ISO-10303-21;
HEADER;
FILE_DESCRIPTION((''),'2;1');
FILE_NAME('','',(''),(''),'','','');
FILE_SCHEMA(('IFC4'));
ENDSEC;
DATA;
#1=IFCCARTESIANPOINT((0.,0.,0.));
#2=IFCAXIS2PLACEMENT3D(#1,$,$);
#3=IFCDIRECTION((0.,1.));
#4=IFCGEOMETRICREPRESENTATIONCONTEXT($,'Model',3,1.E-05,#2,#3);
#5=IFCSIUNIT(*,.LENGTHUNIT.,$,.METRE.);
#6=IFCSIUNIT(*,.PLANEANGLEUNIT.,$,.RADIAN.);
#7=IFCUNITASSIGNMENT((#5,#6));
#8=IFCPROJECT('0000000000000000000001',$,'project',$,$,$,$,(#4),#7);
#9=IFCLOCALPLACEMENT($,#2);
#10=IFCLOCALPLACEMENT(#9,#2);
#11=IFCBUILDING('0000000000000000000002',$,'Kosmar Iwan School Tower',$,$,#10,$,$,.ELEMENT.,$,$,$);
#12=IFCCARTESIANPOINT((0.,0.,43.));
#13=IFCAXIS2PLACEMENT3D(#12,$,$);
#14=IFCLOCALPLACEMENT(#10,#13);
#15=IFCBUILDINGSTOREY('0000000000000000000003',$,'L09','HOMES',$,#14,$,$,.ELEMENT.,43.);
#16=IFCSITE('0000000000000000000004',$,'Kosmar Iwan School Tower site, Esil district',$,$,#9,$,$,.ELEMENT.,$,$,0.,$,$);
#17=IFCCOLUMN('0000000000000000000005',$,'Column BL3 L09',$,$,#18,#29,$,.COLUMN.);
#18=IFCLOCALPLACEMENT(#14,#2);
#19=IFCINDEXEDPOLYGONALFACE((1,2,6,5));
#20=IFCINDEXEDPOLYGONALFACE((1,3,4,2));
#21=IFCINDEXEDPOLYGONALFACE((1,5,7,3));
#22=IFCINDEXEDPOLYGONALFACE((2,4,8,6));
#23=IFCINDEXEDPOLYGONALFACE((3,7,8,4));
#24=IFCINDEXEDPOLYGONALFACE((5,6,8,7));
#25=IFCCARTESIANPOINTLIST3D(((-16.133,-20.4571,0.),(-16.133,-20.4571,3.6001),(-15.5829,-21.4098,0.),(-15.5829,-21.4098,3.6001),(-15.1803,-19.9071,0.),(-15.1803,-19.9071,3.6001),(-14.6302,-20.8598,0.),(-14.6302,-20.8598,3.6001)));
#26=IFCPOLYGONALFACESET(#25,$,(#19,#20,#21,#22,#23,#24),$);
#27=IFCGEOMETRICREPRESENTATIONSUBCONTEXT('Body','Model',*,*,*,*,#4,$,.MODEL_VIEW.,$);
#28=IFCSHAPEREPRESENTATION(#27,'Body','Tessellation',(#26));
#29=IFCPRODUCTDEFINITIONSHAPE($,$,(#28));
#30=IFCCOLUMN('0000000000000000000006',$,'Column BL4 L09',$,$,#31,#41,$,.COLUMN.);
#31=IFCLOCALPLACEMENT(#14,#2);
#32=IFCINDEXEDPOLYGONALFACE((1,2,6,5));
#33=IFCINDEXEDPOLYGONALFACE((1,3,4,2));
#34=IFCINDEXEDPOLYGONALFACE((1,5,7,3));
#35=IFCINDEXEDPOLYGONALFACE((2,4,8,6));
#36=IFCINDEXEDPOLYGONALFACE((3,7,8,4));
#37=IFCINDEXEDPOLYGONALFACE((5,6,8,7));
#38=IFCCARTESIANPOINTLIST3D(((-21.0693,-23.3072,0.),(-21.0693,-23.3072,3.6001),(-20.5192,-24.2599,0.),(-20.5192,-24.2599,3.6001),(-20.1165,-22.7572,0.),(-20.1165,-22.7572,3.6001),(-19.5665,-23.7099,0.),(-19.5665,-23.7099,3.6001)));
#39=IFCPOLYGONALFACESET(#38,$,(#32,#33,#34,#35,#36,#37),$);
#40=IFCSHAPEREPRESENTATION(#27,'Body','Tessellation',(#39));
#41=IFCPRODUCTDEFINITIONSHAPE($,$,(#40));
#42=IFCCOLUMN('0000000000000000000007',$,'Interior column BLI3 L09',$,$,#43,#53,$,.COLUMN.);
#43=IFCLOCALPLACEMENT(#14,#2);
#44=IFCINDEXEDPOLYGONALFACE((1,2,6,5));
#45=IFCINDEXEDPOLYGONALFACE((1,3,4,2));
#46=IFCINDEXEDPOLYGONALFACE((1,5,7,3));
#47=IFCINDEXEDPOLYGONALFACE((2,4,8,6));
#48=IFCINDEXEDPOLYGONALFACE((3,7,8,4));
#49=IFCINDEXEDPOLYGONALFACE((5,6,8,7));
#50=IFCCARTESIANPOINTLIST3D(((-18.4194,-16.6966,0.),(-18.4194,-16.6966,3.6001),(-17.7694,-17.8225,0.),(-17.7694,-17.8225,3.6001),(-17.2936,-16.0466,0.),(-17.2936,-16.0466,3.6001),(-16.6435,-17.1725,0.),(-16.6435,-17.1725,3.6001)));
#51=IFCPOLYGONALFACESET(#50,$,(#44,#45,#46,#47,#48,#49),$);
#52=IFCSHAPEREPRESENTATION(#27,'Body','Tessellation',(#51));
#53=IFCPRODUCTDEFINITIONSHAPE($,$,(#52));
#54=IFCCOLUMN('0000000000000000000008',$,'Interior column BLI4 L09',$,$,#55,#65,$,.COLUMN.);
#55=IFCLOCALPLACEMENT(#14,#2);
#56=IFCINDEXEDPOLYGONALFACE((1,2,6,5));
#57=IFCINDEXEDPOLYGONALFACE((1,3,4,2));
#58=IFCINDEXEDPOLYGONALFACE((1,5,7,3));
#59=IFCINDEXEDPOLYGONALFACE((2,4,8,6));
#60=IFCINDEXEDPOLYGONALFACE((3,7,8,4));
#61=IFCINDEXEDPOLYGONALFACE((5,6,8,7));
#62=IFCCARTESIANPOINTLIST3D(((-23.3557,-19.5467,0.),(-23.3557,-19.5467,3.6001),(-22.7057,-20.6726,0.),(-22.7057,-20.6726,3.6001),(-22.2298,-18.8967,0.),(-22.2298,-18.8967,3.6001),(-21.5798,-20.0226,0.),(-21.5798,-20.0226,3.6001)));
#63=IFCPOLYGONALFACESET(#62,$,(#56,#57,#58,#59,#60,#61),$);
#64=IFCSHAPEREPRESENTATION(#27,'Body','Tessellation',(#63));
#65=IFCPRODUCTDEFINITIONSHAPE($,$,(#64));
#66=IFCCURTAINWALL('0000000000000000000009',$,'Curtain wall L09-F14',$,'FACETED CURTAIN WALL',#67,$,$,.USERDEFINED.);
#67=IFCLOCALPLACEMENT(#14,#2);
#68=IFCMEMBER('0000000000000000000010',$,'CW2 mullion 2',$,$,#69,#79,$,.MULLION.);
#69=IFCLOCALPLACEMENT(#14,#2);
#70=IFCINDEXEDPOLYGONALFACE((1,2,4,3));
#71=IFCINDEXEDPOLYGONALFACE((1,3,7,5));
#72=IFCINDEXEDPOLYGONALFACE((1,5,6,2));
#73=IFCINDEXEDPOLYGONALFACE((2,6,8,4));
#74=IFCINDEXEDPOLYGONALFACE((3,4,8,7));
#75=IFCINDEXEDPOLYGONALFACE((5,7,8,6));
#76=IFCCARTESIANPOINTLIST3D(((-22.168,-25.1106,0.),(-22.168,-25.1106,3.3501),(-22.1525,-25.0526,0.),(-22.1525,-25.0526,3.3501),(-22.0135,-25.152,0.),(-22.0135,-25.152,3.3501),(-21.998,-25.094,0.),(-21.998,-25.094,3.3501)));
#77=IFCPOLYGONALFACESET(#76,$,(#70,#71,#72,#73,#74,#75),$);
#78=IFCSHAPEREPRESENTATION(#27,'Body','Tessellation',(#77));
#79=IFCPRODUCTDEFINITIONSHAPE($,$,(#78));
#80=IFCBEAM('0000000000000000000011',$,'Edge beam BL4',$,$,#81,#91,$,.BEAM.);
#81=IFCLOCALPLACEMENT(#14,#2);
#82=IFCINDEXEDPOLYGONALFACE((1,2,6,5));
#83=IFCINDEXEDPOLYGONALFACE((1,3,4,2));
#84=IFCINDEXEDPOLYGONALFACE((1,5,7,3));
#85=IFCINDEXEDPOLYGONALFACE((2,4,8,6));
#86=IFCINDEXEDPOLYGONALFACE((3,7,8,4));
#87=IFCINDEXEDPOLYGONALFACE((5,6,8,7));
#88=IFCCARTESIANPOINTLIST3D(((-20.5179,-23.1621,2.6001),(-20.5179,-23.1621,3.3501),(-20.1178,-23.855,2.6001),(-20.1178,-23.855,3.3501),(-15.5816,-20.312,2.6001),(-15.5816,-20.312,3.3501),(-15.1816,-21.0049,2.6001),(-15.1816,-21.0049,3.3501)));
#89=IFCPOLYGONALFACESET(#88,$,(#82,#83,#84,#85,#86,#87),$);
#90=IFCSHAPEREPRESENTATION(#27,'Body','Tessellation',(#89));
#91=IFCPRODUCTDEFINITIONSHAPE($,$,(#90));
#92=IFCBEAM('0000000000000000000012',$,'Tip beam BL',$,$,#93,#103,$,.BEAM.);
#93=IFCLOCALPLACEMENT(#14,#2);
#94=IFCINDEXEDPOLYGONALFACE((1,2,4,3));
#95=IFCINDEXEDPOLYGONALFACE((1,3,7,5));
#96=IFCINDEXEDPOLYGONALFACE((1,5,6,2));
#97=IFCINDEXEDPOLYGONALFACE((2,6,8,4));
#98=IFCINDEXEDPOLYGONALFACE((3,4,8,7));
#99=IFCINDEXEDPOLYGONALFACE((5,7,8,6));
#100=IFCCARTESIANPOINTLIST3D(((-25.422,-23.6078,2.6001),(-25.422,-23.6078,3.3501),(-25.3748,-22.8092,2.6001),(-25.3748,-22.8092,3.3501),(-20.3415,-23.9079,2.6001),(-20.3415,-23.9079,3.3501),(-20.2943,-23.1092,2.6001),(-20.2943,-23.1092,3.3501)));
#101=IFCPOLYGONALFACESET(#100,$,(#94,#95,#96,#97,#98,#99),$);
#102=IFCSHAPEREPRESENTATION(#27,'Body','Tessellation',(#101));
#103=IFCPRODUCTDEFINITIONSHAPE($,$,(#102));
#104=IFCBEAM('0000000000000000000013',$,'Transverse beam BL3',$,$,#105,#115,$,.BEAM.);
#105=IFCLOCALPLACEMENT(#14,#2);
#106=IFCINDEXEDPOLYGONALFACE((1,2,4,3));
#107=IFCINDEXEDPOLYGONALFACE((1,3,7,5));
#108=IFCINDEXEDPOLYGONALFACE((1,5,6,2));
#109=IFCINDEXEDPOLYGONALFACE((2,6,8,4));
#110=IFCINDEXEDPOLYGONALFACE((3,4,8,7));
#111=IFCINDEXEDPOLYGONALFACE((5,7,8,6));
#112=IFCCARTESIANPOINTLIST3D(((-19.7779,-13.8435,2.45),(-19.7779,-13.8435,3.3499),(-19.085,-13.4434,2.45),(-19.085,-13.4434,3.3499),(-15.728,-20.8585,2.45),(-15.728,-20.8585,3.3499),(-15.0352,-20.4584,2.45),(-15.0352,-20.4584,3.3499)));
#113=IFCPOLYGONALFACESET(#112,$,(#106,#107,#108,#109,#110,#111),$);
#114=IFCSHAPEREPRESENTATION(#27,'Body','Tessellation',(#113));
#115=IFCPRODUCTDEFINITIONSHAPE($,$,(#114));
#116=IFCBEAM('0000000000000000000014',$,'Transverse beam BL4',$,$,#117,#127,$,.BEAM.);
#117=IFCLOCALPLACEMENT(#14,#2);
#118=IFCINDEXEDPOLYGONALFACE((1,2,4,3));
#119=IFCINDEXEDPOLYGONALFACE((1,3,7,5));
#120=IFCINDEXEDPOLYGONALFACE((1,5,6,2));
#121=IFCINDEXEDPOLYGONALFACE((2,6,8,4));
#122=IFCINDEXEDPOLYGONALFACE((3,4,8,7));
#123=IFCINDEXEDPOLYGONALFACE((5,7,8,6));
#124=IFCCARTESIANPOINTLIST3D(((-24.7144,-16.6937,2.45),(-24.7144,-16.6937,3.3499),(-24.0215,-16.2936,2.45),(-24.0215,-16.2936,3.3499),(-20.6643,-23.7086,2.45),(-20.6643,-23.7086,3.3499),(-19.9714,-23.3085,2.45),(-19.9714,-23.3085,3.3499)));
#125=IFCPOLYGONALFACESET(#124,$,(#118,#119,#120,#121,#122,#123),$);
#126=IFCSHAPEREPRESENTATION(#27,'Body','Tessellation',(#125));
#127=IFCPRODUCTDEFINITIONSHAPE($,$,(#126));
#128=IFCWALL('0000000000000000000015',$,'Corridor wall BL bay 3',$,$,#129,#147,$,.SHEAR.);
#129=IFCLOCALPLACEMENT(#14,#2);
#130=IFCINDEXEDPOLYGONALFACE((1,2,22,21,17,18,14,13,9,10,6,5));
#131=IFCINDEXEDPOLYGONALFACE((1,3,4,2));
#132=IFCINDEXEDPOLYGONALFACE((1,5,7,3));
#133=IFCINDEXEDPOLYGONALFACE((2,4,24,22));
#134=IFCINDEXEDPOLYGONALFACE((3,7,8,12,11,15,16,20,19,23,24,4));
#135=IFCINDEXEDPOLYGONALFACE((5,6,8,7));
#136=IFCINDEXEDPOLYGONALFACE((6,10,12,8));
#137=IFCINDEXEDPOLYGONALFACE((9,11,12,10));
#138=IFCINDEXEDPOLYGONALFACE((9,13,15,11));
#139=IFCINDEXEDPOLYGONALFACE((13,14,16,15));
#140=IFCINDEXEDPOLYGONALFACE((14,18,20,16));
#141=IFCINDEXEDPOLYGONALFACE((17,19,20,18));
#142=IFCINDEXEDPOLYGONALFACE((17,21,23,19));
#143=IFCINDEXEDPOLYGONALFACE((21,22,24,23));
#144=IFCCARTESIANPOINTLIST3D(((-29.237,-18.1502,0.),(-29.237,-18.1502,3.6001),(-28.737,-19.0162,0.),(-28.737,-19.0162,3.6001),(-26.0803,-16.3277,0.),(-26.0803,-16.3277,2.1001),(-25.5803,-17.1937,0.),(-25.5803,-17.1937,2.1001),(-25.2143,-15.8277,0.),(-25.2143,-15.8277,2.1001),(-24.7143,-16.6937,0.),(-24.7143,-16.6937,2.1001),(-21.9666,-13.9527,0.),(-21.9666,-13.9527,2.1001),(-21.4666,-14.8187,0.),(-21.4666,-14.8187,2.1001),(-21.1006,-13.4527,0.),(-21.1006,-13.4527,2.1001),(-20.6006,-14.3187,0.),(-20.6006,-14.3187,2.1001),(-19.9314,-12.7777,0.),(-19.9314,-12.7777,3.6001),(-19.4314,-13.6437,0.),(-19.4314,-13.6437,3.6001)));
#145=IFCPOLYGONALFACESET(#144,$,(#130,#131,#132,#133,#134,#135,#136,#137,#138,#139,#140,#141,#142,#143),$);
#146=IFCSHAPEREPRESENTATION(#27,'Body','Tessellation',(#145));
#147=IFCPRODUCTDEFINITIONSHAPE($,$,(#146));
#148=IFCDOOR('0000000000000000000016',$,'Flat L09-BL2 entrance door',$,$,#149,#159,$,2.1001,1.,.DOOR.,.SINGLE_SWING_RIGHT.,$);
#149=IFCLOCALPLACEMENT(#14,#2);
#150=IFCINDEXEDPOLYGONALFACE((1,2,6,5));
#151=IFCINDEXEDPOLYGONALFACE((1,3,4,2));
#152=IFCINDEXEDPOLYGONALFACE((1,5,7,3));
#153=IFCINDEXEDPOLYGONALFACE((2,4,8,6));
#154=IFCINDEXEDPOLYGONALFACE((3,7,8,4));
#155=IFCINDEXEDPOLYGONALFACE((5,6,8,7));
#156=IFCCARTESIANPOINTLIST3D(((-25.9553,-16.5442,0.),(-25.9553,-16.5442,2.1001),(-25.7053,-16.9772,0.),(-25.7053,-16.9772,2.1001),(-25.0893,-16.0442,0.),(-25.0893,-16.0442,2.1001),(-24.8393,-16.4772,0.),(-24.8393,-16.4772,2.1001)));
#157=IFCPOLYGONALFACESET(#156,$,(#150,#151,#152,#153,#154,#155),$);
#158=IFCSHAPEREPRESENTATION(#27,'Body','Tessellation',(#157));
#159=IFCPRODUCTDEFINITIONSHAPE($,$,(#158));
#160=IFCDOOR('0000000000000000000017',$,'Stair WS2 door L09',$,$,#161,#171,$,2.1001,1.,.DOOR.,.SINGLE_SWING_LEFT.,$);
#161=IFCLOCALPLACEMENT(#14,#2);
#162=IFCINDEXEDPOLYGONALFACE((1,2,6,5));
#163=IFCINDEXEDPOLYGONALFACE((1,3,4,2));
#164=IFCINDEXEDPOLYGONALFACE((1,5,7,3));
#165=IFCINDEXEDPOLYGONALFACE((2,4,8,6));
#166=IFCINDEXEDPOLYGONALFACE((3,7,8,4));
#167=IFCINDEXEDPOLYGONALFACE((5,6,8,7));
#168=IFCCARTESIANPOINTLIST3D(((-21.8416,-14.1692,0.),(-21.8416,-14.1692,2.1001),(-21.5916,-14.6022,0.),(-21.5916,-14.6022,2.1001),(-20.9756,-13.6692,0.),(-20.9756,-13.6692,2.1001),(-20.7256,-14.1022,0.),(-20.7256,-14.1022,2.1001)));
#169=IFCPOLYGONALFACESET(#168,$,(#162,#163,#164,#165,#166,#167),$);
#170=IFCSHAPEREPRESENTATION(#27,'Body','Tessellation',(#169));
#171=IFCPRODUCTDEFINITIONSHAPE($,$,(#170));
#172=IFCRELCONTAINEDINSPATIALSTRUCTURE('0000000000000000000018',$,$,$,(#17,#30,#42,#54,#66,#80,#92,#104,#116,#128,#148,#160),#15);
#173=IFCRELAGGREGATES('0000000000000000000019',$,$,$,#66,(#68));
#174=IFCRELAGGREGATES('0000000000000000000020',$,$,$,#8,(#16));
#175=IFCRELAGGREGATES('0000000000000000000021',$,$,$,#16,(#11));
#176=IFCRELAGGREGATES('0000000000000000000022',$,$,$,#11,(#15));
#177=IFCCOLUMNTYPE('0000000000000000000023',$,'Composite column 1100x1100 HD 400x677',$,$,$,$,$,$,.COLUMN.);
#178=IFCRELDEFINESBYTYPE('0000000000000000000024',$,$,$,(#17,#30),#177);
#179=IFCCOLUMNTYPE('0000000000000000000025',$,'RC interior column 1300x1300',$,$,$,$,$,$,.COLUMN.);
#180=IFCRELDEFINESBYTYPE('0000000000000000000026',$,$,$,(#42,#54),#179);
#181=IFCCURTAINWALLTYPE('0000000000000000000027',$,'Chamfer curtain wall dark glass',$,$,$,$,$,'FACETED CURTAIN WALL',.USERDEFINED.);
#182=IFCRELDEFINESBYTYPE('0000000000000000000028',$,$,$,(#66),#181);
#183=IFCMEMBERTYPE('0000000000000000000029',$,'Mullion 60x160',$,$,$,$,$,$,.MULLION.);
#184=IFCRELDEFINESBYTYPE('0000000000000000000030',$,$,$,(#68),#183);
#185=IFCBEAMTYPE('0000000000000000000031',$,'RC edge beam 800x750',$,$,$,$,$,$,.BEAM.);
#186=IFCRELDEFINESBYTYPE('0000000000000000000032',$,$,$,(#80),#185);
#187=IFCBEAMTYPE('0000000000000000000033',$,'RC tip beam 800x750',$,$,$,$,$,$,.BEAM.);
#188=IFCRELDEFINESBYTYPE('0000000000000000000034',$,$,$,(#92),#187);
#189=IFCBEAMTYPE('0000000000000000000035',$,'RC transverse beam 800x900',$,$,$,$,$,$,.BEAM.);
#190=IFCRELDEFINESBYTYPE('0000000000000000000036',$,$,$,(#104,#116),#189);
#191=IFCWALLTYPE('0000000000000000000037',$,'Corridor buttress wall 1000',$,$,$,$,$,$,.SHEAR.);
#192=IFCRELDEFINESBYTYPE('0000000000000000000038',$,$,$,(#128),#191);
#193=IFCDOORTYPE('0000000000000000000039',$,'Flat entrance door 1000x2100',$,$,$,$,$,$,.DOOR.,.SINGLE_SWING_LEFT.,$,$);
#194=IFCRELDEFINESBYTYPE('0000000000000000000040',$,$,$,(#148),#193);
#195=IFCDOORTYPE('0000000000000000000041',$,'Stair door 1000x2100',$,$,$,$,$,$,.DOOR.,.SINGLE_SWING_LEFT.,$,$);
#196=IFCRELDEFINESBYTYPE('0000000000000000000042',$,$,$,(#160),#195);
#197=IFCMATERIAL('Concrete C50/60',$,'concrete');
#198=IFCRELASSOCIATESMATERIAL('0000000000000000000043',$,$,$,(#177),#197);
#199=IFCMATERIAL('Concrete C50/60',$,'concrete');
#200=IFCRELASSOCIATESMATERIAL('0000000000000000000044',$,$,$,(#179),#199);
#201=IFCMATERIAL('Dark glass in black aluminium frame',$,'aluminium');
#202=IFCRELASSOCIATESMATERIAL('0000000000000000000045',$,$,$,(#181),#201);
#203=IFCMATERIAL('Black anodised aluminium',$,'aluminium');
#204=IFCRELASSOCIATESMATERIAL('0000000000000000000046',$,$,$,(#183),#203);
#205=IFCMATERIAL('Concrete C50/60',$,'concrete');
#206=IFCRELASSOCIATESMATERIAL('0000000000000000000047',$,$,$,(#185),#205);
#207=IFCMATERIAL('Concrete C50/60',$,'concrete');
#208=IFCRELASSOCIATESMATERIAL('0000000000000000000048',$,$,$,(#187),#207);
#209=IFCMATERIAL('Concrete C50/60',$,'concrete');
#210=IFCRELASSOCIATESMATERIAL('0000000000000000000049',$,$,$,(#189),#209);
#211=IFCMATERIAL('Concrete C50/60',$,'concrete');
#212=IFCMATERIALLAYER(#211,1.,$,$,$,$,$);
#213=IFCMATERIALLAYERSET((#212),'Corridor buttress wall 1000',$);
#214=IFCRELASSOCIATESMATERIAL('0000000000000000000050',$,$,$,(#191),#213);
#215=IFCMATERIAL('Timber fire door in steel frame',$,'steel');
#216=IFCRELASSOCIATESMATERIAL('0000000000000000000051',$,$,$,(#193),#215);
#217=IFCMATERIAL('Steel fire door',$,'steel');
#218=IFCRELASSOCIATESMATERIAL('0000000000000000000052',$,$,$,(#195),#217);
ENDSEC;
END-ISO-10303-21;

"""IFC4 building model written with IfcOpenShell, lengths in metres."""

from ifc_helpers import new_model, si_unit, direction, frame, frame_2d, origin, origin_2d, place, context, subcontext, project, spatial, rectangle, extrude, material, layer, layer_set, material_profile, profile_set, type_object, element, fill, aggregate, save


model = new_model("IFC4")

# Units and contexts
model_context = context("Model", 3, precision=1e-05, world=origin(), true_north=direction((0.0, 1.0)))
body_context = subcontext(model_context, "Body", "Model", "MODEL_VIEW")
ifc_project = project(units=[si_unit("LENGTHUNIT", "METRE"), si_unit("PLANEANGLEUNIT", "RADIAN")], contexts=[model_context])

# Site, building, storey
site_placement = place(None, origin())
site = spatial("IfcSite", under=ifc_project, at=site_placement, Name="Kosmar Iwan School Tower site, Esil district", CompositionType="ELEMENT", RefElevation=0.0)
building_placement = place(site_placement, origin())
building = spatial("IfcBuilding", under=site, at=building_placement, Name="Kosmar Iwan School Tower", CompositionType="ELEMENT")
storey_placement = place(building_placement, frame((0.0, 0.0, 43.0)))
storey = spatial("IfcBuildingStorey", under=building, at=storey_placement, Name="L09", Description="HOMES", CompositionType="ELEMENT", Elevation=43.0)

# Columns
ifc_material_1 = material(Name="Concrete C50/60", Category="concrete")
ifc_material_profile_1 = material_profile(ifc_material_1, rectangle(XDim=1.1001, YDim=1.1001, at=origin_2d()), Name="RC 1100x1100 + HD 400x677")
ifc_profile_set_1 = profile_set([ifc_material_profile_1], Name="Concrete C50/60")
column_type_1 = type_object("IfcColumnType", Name="Composite column 1100x1100 HD 400x677", PredefinedType="COLUMN", material=ifc_profile_set_1)
for number, where, z_axis, x_axis, name in (
    (1, (-15.3816, -20.6584, 0.0), (0.0, 0.0, 1.0), (-0.866025, -0.5, 0.0), "Column BL3 L09"),
    (2, (-20.3179, -23.5085, 0.0), (0.0, 0.0, 1.0), (-0.866025, -0.5, 0.0), "Column BL4 L09"),
):
    element("IfcColumn", number, at=place(storey_placement, frame(where, z_axis=z_axis, x_axis=x_axis)), inside=storey, type_object=column_type_1, Name=name, PredefinedType="COLUMN", context=body_context, shape_type="SweptSolid", body=[
        extrude(rectangle(XDim=1.1001, YDim=1.1001, at=origin_2d()), origin(), (0.0, 0.0, 1.0), 3.6001),
    ])
ifc_material_2 = material(Name="Concrete C50/60", Category="concrete")
ifc_material_profile_2 = material_profile(ifc_material_2, rectangle(XDim=1.3, YDim=1.3, at=origin_2d()), Name="RC 1300x1300")
ifc_profile_set_2 = profile_set([ifc_material_profile_2], Name="Concrete C50/60")
column_type_2 = type_object("IfcColumnType", Name="RC interior column 1300x1300", PredefinedType="COLUMN", material=ifc_profile_set_2)
for number, where, z_axis, x_axis, name in (
    (3, (-17.5315, -16.9346, 0.0), (0.0, 0.0, 1.0), (-0.866025, -0.5, 0.0), "Interior column BLI3 L09"),
    (4, (-22.4678, -19.7847, 0.0), (0.0, 0.0, 1.0), (-0.866025, -0.5, 0.0), "Interior column BLI4 L09"),
):
    element("IfcColumn", number, at=place(storey_placement, frame(where, z_axis=z_axis, x_axis=x_axis)), inside=storey, type_object=column_type_2, Name=name, PredefinedType="COLUMN", context=body_context, shape_type="SweptSolid", body=[
        extrude(rectangle(XDim=1.3, YDim=1.3, at=origin_2d()), origin(), (0.0, 0.0, 1.0), 3.6001),
    ])

# Curtain wall, member
ifc_material_3 = material(Name="Dark glass in black aluminium frame", Category="aluminium")
curtain_wall_type = type_object("IfcCurtainWallType", Name="Chamfer curtain wall dark glass", ElementType="FACETED CURTAIN WALL", PredefinedType="USERDEFINED", material=ifc_material_3)
curtain_wall_placement = place(storey_placement, origin())
curtain_wall = element("IfcCurtainWall", 5, at=curtain_wall_placement, inside=storey, type_object=curtain_wall_type, Name="Curtain wall L09-F14", ObjectType="FACETED CURTAIN WALL", PredefinedType="USERDEFINED")
ifc_material_4 = material(Name="Black anodised aluminium", Category="aluminium")
ifc_material_profile_3 = material_profile(ifc_material_4, rectangle(XDim=0.0601, YDim=0.1599, at=origin_2d()), Name="MULLION 60x160")
ifc_profile_set_3 = profile_set([ifc_material_profile_3], Name="Black anodised aluminium")
member_type = type_object("IfcMemberType", Name="Mullion 60x160", PredefinedType="MULLION", material=ifc_profile_set_3)
member_placement = place(storey_placement, frame((-22.083, -25.1023, 0.0), z_axis=(0.0, 0.0, 1.0), x_axis=(0.258819, 0.965926, 0.0)))
member = element("IfcMember", 6, at=member_placement, type_object=member_type, Name="CW2 mullion 2", PredefinedType="MULLION", context=body_context, shape_type="SweptSolid", body=[
    extrude(rectangle(XDim=0.0601, YDim=0.1599, at=origin_2d()), origin(), (0.0, 0.0, 1.0), 3.3501),
])
aggregate(curtain_wall, [member])

# Beams
ifc_material_5 = material(Name="Concrete C50/60", Category="concrete")
ifc_material_profile_4 = material_profile(ifc_material_5, rectangle(XDim=0.8, YDim=0.75, at=origin_2d()), Name="RC 800x750")
ifc_profile_set_4 = profile_set([ifc_material_profile_4], Name="Concrete C50/60")
beam_type_1 = type_object("IfcBeamType", Name="RC edge beam 800x750", PredefinedType="BEAM", material=ifc_profile_set_4)
beam_1_placement = place(storey_placement, frame((-15.3816, -20.6584, 2.9751), z_axis=(-0.866015, -0.500018, 0.0), x_axis=(0.500018, -0.866015, 0.0)))
element("IfcBeam", 7, at=beam_1_placement, inside=storey, type_object=beam_type_1, Name="Edge beam BL4", PredefinedType="BEAM", context=body_context, shape_type="SweptSolid", body=[
    extrude(rectangle(XDim=0.8, YDim=0.75, at=origin_2d()), origin(), (0.0, 0.0, 1.0), 5.7),
])
ifc_material_6 = material(Name="Concrete C50/60", Category="concrete")
ifc_material_profile_5 = material_profile(ifc_material_6, rectangle(XDim=0.8, YDim=0.75, at=origin_2d()), Name="RC 800x750")
ifc_profile_set_5 = profile_set([ifc_material_profile_5], Name="Concrete C50/60")
beam_type_2 = type_object("IfcBeamType", Name="RC tip beam 800x750", PredefinedType="BEAM", material=ifc_profile_set_5)
beam_2_placement = place(storey_placement, frame((-20.3179, -23.5085, 2.9751), z_axis=(-0.998261, 0.058955, 0.0), x_axis=(-0.058955, -0.998261, 0.0)))
element("IfcBeam", 8, at=beam_2_placement, inside=storey, type_object=beam_type_2, Name="Tip beam BL", PredefinedType="BEAM", context=body_context, shape_type="SweptSolid", body=[
    extrude(rectangle(XDim=0.8, YDim=0.75, at=origin_2d()), origin(), (0.0, 0.0, 1.0), 5.0894),
])
ifc_material_7 = material(Name="Concrete C50/60", Category="concrete")
ifc_material_profile_6 = material_profile(ifc_material_7, rectangle(XDim=0.8, YDim=0.8999, at=origin_2d()), Name="RC 800x900")
ifc_profile_set_6 = profile_set([ifc_material_profile_6], Name="Concrete C50/60")
beam_type_3 = type_object("IfcBeamType", Name="RC transverse beam 800x900", PredefinedType="BEAM", material=ifc_profile_set_6)
for number, where, z_axis, x_axis, name in (
    (9, (-15.3816, -20.6584, 2.8999), (-0.499977, 0.866039, 0.0), (-0.866039, -0.499977, 0.0), "Transverse beam BL3"),
    (10, (-20.3179, -23.5085, 2.8999), (-0.5, 0.866025, 0.0), (-0.866025, -0.5, 0.0), "Transverse beam BL4"),
):
    element("IfcBeam", number, at=place(storey_placement, frame(where, z_axis=z_axis, x_axis=x_axis)), inside=storey, type_object=beam_type_3, Name=name, PredefinedType="BEAM", context=body_context, shape_type="SweptSolid", body=[
        extrude(rectangle(XDim=0.8, YDim=0.8999, at=origin_2d()), origin(), (0.0, 0.0, 1.0), 8.1001),
    ])

# Wall, openings, doors
ifc_material_8 = material(Name="Concrete C50/60", Category="concrete")
ifc_layer_1 = layer(ifc_material_8, 1.0)
ifc_layer_set_1 = layer_set([ifc_layer_1], Name="Corridor buttress wall 1000")
wall_type_1 = type_object("IfcWallType", Name="Corridor buttress wall 1000", PredefinedType="SHEAR", material=ifc_layer_set_1)
wall_1_placement = place(storey_placement, frame((-19.6814, -13.2107, 0.0), z_axis=(0.0, 0.0, 1.0), x_axis=(-0.866028, -0.499995, 0.0)))
wall_1 = element("IfcWall", 11, at=wall_1_placement, inside=storey, type_object=wall_type_1, Name="Corridor wall BL bay 3", PredefinedType="SHEAR", context=body_context, shape_type="SweptSolid", body=[
    extrude(rectangle(XDim=10.7451, YDim=1.0, at=frame_2d((5.3726, 0.0))), origin(), (0.0, 0.0, 1.0), 3.6001),
])
opening_1_placement = place(wall_1_placement, frame((6.1001, 0.0, 0.0)))
opening_1 = element("IfcOpeningElement", 12, at=opening_1_placement, cuts=wall_1, PredefinedType="OPENING", context=body_context, shape_type="SweptSolid", body=[
    extrude(rectangle(XDim=1.0, YDim=2.1001, at=frame_2d((0.5, 1.05))), frame((0.0, 0.512, 0.0), z_axis=(0.0, -1.0, 0.0), x_axis=(1.0, 0.0, 0.0)), (0.0, 0.0, 1.0), 1.0239),
])
opening_2_placement = place(wall_1_placement, frame((1.3501, 0.0, 0.0)))
opening_2 = element("IfcOpeningElement", 13, at=opening_2_placement, cuts=wall_1, PredefinedType="OPENING", context=body_context, shape_type="SweptSolid", body=[
    extrude(rectangle(XDim=1.0, YDim=2.1001, at=frame_2d((0.5, 1.05))), frame((0.0, 0.512, 0.0), z_axis=(0.0, -1.0, 0.0), x_axis=(1.0, 0.0, 0.0)), (0.0, 0.0, 1.0), 1.0239),
])
ifc_material_9 = material(Name="Timber fire door in steel frame", Category="steel")
door_type_1 = type_object("IfcDoorType", Name="Flat entrance door 1000x2100", OperationType="SINGLE_SWING_LEFT", PredefinedType="DOOR", material=ifc_material_9)
door_1_placement = place(opening_1_placement, origin())
door_1 = element("IfcDoor", 14, at=door_1_placement, inside=storey, type_object=door_type_1, Name="Flat L09-BL2 entrance door", OperationType="SINGLE_SWING_RIGHT", OverallHeight=2.1001, OverallWidth=1.0, PredefinedType="DOOR", context=body_context, shape_type="SweptSolid", body=[
    extrude(rectangle(XDim=1.0, YDim=2.1001, at=frame_2d((0.5, 1.05))), frame((0.0, 0.25, 0.0), z_axis=(0.0, -1.0, 0.0), x_axis=(1.0, 0.0, 0.0)), (0.0, 0.0, 1.0), 0.5),
])
fill(opening_1, door_1)
ifc_material_10 = material(Name="Steel fire door", Category="steel")
door_type_2 = type_object("IfcDoorType", Name="Stair door 1000x2100", OperationType="SINGLE_SWING_LEFT", PredefinedType="DOOR", material=ifc_material_10)
door_2_placement = place(opening_2_placement, origin())
door_2 = element("IfcDoor", 15, at=door_2_placement, inside=storey, type_object=door_type_2, Name="Stair WS2 door L09", OperationType="SINGLE_SWING_LEFT", OverallHeight=2.1001, OverallWidth=1.0, PredefinedType="DOOR", context=body_context, shape_type="SweptSolid", body=[
    extrude(rectangle(XDim=1.0, YDim=2.1001, at=frame_2d((0.5, 1.05))), frame((0.0, 0.25, 0.0), z_axis=(0.0, -1.0, 0.0), x_axis=(1.0, 0.0, 0.0)), (0.0, 0.0, 1.0), 0.5),
])
fill(opening_2, door_2)

save(model, "model.ifc")
